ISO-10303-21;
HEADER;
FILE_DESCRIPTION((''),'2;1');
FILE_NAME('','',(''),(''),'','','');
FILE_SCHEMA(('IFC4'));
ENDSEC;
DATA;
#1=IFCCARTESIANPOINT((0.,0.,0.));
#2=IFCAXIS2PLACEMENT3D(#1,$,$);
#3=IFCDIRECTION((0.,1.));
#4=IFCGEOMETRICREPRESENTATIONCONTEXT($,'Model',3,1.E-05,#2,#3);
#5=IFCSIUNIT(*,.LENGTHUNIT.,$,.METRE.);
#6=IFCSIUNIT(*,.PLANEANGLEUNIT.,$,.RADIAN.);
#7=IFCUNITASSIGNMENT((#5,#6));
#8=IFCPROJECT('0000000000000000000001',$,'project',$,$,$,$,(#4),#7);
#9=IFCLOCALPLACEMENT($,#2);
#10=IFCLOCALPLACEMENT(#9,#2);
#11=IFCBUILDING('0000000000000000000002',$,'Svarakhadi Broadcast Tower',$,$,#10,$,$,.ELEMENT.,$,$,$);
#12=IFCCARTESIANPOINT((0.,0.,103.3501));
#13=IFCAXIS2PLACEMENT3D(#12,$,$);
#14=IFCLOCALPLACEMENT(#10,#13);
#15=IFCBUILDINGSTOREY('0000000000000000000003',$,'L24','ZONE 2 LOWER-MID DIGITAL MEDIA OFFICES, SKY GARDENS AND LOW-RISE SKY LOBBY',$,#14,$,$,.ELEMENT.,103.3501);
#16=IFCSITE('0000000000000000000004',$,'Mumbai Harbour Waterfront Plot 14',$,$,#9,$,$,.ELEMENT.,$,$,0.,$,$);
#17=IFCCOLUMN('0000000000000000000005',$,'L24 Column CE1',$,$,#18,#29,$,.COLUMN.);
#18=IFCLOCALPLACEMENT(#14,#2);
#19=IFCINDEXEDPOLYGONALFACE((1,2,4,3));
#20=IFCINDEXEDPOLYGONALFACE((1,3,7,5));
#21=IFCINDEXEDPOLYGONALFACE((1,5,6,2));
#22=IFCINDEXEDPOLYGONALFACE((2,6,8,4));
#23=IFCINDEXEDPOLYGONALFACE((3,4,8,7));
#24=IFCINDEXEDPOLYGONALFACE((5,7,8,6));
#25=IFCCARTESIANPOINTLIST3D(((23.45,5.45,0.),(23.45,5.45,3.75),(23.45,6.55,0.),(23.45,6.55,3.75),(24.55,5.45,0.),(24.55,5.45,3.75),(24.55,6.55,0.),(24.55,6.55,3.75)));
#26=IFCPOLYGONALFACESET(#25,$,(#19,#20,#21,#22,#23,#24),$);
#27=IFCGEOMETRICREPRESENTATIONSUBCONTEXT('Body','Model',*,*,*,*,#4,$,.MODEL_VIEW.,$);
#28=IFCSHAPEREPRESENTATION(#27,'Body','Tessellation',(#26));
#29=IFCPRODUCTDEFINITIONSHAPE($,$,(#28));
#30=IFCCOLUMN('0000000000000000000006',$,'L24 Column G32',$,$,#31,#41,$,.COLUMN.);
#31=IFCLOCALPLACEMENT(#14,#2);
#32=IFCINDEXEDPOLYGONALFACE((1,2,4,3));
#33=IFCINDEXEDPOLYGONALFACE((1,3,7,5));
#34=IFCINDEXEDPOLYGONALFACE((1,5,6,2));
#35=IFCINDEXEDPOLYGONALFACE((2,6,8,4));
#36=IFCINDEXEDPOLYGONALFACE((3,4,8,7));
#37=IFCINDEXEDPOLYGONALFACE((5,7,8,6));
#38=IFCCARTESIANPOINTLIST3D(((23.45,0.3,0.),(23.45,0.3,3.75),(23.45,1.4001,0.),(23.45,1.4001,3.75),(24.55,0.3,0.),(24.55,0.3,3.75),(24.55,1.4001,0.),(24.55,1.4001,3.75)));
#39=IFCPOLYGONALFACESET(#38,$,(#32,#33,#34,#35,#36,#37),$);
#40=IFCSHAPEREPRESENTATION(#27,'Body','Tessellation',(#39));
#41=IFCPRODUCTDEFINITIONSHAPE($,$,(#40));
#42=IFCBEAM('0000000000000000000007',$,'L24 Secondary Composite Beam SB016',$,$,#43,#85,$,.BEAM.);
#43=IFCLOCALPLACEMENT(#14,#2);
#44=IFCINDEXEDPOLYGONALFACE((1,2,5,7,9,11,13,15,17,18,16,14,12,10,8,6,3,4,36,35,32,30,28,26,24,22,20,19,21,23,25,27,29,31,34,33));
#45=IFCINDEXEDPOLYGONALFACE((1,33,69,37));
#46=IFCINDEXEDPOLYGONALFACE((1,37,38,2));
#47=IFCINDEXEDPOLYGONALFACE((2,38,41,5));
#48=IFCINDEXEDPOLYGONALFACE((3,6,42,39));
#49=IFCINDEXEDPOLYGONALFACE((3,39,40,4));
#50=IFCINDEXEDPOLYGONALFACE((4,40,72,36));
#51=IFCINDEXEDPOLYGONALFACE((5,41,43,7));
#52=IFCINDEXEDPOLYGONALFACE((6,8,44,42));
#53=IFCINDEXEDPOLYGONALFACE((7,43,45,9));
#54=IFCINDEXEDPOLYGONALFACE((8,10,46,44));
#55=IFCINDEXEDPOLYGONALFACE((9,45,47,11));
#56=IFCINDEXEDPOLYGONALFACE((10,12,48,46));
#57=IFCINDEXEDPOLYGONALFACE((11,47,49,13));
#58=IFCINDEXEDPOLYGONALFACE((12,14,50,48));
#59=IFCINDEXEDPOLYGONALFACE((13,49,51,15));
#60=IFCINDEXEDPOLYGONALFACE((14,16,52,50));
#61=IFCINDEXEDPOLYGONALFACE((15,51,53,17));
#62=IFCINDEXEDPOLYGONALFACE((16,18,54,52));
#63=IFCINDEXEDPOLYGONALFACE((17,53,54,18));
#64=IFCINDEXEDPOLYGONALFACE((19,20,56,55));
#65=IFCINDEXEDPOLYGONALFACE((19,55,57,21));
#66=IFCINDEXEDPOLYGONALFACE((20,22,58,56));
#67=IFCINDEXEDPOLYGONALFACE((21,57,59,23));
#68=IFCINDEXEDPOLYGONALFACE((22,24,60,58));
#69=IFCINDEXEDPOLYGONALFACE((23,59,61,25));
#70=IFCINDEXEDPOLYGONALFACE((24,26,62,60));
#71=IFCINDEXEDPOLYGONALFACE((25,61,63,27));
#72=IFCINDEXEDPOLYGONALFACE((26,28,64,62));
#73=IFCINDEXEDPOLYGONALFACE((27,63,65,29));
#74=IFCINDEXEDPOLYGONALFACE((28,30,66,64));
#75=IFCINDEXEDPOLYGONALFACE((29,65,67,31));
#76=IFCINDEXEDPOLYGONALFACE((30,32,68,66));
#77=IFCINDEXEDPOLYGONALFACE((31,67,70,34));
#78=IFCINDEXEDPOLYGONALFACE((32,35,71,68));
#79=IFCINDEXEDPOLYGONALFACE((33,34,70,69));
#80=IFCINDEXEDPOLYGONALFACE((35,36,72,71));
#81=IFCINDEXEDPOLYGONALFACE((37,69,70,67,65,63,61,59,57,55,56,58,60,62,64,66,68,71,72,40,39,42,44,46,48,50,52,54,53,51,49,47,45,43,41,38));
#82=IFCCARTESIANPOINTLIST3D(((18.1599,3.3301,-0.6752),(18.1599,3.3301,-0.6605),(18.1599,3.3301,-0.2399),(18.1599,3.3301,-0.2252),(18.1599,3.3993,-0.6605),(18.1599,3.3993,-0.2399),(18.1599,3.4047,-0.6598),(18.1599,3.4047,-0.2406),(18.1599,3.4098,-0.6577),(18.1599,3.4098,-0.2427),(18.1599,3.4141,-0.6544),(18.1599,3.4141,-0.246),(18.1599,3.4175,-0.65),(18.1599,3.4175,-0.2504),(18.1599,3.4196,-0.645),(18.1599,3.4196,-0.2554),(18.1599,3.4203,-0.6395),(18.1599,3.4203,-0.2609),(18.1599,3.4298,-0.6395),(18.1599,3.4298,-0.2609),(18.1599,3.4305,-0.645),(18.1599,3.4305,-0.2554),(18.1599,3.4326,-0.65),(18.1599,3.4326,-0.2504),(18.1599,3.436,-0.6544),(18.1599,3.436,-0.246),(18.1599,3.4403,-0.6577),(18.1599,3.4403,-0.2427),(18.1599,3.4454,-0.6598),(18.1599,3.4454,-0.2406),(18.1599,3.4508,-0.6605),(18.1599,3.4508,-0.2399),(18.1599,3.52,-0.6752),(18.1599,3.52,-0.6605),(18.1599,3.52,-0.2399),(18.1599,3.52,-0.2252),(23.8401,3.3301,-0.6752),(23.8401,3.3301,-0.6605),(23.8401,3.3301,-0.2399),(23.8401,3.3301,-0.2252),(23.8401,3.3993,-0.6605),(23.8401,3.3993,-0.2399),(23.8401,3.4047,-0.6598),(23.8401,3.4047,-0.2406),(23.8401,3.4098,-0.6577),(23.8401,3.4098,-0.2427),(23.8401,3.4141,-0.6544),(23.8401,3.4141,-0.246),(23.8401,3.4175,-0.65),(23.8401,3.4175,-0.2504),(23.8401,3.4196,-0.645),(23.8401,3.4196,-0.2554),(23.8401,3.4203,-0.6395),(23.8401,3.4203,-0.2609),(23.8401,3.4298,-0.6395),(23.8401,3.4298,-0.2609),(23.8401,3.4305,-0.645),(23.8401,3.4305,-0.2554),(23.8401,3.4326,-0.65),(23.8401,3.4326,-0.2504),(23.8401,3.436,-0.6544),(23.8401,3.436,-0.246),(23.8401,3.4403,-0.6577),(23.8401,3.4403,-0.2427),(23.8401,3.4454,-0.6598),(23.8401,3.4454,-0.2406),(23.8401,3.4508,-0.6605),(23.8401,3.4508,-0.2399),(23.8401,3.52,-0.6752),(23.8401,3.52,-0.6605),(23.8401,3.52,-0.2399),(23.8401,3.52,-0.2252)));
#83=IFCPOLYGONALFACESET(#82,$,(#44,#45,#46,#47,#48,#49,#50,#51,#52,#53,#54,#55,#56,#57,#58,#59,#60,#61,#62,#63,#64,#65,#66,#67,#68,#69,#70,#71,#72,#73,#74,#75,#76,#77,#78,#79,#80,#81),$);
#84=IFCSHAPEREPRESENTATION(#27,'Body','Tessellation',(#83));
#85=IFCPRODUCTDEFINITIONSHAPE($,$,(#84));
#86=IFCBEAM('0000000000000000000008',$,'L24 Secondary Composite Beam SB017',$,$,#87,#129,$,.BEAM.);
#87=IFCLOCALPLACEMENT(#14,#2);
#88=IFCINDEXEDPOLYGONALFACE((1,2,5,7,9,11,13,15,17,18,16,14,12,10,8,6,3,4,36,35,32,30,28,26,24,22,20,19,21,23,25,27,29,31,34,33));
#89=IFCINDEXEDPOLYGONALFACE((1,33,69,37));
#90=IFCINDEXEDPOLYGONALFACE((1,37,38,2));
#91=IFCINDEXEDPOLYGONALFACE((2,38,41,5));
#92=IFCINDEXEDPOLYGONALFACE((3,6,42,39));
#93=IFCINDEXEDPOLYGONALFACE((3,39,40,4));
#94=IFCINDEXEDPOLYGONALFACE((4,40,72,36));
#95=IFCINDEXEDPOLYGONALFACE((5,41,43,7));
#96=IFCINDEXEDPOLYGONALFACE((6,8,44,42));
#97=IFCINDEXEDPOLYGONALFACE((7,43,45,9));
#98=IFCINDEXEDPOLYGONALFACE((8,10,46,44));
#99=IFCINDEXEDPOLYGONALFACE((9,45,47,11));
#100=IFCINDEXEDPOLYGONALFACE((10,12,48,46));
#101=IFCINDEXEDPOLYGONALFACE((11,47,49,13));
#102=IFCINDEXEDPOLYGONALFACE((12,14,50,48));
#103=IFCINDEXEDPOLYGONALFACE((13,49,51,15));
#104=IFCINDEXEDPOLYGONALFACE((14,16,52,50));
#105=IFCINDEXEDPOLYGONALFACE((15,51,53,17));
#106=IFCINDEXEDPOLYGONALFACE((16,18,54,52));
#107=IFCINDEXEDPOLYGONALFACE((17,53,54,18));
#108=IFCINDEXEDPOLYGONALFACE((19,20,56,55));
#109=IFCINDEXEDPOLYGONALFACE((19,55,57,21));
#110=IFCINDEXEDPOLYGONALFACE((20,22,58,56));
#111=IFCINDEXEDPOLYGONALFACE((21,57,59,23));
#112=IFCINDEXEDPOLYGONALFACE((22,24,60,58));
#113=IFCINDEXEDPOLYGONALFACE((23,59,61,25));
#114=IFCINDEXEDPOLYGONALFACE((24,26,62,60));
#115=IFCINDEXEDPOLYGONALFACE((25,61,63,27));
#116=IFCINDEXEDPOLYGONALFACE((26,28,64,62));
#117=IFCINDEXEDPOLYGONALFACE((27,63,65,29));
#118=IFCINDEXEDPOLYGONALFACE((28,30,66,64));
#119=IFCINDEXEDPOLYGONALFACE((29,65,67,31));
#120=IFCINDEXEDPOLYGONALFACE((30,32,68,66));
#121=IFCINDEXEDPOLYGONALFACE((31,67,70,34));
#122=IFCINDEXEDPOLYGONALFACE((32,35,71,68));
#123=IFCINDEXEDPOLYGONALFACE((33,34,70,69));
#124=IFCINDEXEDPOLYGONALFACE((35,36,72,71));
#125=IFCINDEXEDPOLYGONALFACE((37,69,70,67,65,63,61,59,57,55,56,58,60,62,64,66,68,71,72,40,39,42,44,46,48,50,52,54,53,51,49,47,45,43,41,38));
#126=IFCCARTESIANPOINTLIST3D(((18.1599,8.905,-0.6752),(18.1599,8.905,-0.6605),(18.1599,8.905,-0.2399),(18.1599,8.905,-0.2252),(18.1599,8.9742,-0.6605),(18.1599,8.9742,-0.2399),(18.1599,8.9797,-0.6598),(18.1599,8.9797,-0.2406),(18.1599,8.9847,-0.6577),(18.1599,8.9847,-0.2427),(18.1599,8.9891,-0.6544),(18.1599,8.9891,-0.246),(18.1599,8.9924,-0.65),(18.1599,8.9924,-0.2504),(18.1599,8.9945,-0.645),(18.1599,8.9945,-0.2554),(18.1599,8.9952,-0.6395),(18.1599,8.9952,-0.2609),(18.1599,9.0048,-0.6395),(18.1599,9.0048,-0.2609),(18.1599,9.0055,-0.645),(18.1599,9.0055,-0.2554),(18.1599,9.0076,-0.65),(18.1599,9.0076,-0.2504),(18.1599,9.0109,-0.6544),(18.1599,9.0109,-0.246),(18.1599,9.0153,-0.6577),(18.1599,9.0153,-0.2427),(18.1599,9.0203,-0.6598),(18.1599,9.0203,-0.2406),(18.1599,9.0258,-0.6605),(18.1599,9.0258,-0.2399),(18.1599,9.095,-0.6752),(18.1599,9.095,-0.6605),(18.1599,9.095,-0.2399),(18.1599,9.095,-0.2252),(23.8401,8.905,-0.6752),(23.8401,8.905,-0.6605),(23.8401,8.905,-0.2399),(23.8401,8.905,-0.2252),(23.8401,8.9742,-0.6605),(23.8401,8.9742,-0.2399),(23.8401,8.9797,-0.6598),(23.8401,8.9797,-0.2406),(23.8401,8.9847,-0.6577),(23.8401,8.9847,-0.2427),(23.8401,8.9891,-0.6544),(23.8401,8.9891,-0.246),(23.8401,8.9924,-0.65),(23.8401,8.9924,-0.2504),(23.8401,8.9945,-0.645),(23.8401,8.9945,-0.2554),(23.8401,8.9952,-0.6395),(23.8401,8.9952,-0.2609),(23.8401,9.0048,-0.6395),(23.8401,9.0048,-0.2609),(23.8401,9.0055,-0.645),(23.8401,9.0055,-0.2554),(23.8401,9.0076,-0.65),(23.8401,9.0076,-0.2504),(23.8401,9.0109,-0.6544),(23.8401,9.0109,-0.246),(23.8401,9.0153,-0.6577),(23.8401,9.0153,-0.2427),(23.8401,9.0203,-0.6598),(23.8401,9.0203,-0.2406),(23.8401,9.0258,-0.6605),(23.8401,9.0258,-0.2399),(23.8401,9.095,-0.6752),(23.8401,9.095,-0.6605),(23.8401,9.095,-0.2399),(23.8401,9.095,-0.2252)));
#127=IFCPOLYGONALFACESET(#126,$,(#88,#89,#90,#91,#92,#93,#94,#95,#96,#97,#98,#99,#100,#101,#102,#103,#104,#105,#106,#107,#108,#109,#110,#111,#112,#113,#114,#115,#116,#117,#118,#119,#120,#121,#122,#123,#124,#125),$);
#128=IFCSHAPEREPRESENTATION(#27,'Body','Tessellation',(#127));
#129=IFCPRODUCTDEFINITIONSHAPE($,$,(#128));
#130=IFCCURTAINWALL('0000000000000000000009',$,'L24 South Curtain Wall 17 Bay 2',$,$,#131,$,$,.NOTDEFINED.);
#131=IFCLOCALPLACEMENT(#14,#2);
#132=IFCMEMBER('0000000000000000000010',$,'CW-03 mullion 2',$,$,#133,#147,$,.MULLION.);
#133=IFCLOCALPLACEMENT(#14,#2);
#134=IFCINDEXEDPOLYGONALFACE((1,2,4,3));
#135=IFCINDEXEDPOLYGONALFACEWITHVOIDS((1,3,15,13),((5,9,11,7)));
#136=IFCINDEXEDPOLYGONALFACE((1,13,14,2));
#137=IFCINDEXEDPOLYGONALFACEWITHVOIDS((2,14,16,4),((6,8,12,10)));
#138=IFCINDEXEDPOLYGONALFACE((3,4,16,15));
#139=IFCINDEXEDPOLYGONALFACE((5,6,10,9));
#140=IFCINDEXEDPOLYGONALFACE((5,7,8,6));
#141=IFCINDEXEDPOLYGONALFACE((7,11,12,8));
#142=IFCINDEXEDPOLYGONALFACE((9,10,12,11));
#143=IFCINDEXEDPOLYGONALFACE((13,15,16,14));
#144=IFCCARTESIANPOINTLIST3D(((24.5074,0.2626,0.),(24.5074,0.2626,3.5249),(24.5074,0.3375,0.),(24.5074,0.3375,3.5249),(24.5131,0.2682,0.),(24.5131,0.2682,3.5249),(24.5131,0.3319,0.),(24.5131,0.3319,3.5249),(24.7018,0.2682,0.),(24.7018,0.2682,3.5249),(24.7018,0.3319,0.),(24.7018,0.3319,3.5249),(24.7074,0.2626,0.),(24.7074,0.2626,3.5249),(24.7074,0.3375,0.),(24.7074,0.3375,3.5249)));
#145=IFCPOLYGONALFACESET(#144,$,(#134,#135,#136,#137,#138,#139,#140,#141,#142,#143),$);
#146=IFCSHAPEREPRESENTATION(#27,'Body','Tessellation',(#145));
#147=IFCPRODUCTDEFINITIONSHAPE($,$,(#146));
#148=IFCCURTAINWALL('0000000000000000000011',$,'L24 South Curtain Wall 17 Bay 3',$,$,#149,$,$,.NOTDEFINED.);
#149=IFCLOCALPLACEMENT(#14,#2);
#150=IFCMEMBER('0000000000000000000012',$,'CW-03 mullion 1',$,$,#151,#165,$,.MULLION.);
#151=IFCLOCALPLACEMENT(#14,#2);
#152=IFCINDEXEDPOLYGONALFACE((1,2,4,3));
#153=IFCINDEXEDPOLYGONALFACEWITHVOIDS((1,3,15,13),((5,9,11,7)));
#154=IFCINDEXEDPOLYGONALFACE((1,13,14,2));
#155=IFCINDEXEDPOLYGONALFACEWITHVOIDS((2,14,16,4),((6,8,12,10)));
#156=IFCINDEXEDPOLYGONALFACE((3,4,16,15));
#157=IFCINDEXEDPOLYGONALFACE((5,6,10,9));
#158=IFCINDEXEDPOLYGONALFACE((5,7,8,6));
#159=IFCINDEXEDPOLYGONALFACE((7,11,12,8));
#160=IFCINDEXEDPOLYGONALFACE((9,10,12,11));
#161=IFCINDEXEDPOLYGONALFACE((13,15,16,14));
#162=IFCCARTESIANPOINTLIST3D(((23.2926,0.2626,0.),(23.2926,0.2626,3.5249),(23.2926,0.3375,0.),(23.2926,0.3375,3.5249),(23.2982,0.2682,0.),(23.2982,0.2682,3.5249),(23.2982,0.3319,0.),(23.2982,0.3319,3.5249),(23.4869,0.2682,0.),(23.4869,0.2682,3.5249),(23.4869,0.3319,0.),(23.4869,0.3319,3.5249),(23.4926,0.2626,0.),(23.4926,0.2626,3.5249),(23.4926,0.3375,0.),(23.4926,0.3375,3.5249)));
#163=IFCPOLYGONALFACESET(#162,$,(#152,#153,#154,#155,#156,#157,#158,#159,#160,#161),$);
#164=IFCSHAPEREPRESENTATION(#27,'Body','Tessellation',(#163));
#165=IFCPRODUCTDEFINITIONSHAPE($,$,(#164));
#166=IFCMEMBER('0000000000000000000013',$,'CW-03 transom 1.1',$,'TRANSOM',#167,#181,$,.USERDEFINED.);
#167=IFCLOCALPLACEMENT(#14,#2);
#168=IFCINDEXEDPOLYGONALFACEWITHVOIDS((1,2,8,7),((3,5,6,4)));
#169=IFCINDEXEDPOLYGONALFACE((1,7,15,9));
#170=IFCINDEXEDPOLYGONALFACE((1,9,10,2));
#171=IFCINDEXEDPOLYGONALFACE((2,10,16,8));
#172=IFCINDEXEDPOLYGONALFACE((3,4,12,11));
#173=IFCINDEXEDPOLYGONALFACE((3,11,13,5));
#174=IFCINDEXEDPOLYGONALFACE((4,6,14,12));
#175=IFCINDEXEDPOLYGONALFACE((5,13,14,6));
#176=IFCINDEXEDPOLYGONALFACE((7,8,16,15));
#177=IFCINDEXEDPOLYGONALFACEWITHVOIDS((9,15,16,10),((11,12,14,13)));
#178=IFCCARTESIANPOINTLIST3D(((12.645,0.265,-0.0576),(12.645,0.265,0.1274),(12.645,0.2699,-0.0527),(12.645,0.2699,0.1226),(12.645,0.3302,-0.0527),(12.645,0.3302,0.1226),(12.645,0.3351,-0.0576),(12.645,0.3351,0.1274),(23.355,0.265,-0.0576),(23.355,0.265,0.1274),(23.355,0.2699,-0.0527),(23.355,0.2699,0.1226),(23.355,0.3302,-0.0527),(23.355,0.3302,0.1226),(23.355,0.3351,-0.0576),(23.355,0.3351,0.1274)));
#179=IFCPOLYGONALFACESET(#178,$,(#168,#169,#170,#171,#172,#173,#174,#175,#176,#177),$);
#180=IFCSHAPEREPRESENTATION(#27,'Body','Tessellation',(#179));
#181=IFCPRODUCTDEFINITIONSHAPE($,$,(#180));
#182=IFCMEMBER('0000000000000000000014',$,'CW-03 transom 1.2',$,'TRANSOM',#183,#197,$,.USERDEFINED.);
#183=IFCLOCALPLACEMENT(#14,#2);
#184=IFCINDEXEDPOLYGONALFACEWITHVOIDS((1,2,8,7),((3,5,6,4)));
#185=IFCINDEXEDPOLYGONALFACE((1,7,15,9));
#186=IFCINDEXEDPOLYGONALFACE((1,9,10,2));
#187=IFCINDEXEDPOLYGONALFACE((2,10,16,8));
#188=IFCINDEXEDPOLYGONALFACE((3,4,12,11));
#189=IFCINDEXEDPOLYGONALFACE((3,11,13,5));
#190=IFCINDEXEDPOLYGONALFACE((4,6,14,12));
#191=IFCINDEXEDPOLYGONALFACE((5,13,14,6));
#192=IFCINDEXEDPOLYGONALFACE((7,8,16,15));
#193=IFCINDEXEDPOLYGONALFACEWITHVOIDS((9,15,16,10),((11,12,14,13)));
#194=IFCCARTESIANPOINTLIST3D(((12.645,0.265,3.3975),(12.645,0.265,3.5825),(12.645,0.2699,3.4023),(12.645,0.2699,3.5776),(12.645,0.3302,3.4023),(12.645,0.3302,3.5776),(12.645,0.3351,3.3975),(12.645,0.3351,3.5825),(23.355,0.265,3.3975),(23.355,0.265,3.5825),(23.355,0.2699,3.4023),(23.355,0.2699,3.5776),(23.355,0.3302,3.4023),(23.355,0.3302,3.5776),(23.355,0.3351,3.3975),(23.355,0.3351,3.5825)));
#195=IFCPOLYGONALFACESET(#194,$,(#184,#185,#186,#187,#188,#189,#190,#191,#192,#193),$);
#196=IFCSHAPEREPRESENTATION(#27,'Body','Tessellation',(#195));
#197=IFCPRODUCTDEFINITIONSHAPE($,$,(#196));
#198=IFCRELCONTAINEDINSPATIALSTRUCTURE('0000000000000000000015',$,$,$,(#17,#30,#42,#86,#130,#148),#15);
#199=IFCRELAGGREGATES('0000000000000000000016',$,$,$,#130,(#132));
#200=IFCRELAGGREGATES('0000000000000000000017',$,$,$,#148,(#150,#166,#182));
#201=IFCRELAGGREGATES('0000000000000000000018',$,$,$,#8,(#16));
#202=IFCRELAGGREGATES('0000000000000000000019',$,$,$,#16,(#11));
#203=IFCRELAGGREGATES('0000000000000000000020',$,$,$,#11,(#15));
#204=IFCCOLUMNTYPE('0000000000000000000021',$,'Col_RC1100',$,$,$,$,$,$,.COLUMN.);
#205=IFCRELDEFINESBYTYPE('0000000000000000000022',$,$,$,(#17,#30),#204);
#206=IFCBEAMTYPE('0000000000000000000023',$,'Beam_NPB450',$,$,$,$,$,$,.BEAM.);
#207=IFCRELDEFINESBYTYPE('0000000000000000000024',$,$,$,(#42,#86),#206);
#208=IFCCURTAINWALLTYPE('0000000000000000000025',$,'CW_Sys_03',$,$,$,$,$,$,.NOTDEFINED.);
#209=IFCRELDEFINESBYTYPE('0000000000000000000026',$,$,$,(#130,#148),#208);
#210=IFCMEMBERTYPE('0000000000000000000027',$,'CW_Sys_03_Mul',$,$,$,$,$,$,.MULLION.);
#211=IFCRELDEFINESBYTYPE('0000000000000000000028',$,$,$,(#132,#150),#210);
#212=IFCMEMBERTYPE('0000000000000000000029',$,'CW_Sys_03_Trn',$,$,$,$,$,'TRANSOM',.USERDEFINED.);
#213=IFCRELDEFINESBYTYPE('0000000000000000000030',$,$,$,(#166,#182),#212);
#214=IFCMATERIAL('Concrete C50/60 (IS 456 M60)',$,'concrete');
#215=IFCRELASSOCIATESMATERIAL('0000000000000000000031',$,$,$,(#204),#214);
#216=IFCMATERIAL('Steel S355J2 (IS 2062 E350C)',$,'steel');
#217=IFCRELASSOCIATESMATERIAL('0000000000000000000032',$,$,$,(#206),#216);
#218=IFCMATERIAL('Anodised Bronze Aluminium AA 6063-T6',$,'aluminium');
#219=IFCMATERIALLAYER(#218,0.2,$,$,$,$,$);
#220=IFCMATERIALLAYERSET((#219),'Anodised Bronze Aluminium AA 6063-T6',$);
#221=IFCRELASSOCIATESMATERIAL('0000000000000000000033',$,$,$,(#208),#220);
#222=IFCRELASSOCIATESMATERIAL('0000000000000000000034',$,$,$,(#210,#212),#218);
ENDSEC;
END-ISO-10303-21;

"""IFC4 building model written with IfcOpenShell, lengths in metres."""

from ifc_helpers import new_model, si_unit, direction, frame, origin, origin_2d, place, context, subcontext, project, spatial, rectangle, hollow_rectangle, i_section, extrude, material, layer, layer_set, material_profile, profile_set, type_object, element, aggregate, save


model = new_model("IFC4")

# Units and contexts
model_context = context("Model", 3, precision=1e-05, world=origin(), true_north=direction((0.0, 1.0)))
body_context = subcontext(model_context, "Body", "Model", "MODEL_VIEW")
ifc_project = project(units=[si_unit("LENGTHUNIT", "METRE"), si_unit("PLANEANGLEUNIT", "RADIAN")], contexts=[model_context])

# Site, building, storey
site_placement = place(None, origin())
site = spatial("IfcSite", under=ifc_project, at=site_placement, Name="Mumbai Harbour Waterfront Plot 14", CompositionType="ELEMENT", RefElevation=0.0)
building_placement = place(site_placement, origin())
building = spatial("IfcBuilding", under=site, at=building_placement, Name="Svarakhadi Broadcast Tower", CompositionType="ELEMENT")
storey_placement = place(building_placement, frame((0.0, 0.0, 103.3501)))
storey = spatial("IfcBuildingStorey", under=building, at=storey_placement, Name="L24", Description="ZONE 2 LOWER-MID DIGITAL MEDIA OFFICES, SKY GARDENS AND LOW-RISE SKY LOBBY", CompositionType="ELEMENT", Elevation=103.3501)

# Columns
ifc_material_1 = material(Name="Concrete C50/60 (IS 456 M60)", Category="concrete")
ifc_material_profile_1 = material_profile(ifc_material_1, rectangle(XDim=1.1001, YDim=1.1001, at=origin_2d()), Name="RC 1100x1100")
ifc_profile_set_1 = profile_set([ifc_material_profile_1], Name="Concrete C50/60 (IS 456 M60)")
column_type = type_object("IfcColumnType", Name="Col_RC1100", PredefinedType="COLUMN", material=ifc_profile_set_1)
for number, where, z_axis, x_axis, name in (
    (1, (24.0, 6.0, 0.0), (0.0, 0.0, 1.0), (1.0, 0.0, 0.0), "L24 Column CE1"),
    (2, (24.0, 0.8501, 0.0), (0.0, 0.0, 1.0), (1.0, 0.0, 0.0), "L24 Column G32"),
):
    element("IfcColumn", number, at=place(storey_placement, frame(where, z_axis=z_axis, x_axis=x_axis)), inside=storey, type_object=column_type, Name=name, PredefinedType="COLUMN", context=body_context, shape_type="SweptSolid", body=[
        extrude(rectangle(XDim=1.1001, YDim=1.1001, at=origin_2d()), origin(), (0.0, 0.0, 1.0), 3.75),
    ])

# Beams
ifc_material_2 = material(Name="Steel S355J2 (IS 2062 E350C)", Category="steel")
ifc_material_profile_2 = material_profile(ifc_material_2, i_section(OverallWidth=0.1899, OverallDepth=0.45, WebThickness=0.0095, FlangeThickness=0.0146, FilletRadius=0.021, at=origin_2d()), Name="NPB 450x190x78")
ifc_profile_set_2 = profile_set([ifc_material_profile_2], Name="Steel S355J2 (IS 2062 E350C)")
beam_type_1 = type_object("IfcBeamType", Name="Beam_NPB450", PredefinedType="BEAM", material=ifc_profile_set_2)
for number, where, z_axis, x_axis, name in (
    (3, (18.1599, 3.425, -0.4502), (1.0, 0.0, 0.0), (0.0, 1.0, 0.0), "L24 Secondary Composite Beam SB016"),
    (4, (18.1599, 9.0, -0.4502), (1.0, 0.0, 0.0), (0.0, 1.0, 0.0), "L24 Secondary Composite Beam SB017"),
):
    element("IfcBeam", number, at=place(storey_placement, frame(where, z_axis=z_axis, x_axis=x_axis)), inside=storey, type_object=beam_type_1, Name=name, PredefinedType="BEAM", context=body_context, shape_type="SweptSolid", body=[
        extrude(i_section(OverallWidth=0.1899, OverallDepth=0.45, WebThickness=0.0095, FlangeThickness=0.0146, FilletRadius=0.021, at=origin_2d()), origin(), (0.0, 0.0, 1.0), 5.6802),
    ])

# Curtain wall, member
ifc_material_3 = material(Name="Anodised Bronze Aluminium AA 6063-T6", Category="aluminium")
ifc_layer_1 = layer(ifc_material_3, 0.2)
ifc_layer_set_1 = layer_set([ifc_layer_1], Name="Anodised Bronze Aluminium AA 6063-T6")
curtain_wall_type = type_object("IfcCurtainWallType", Name="CW_Sys_03", PredefinedType="NOTDEFINED", material=ifc_layer_set_1)
curtain_wall_1_placement = place(storey_placement, origin())
curtain_wall_1 = element("IfcCurtainWall", 5, at=curtain_wall_1_placement, inside=storey, type_object=curtain_wall_type, Name="L24 South Curtain Wall 17 Bay 2", PredefinedType="NOTDEFINED")
ifc_material_profile_3 = material_profile(ifc_material_3, hollow_rectangle(XDim=0.075, YDim=0.2, WallThickness=0.0056, at=origin_2d()), Name="ALU MULLION 200x75x6")
ifc_profile_set_3 = profile_set([ifc_material_profile_3], Name="Anodised Bronze Aluminium AA 6063-T6")
member_type_1 = type_object("IfcMemberType", Name="CW_Sys_03_Mul", PredefinedType="MULLION", material=ifc_profile_set_3)
member_1_placement = place(storey_placement, frame((24.6074, 0.3, 0.0), z_axis=(0.0, 0.0, 1.0), x_axis=(0.0, -1.0, 0.0)))
member_1 = element("IfcMember", 6, at=member_1_placement, type_object=member_type_1, Name="CW-03 mullion 2", PredefinedType="MULLION", context=body_context, shape_type="SweptSolid", body=[
    extrude(hollow_rectangle(XDim=0.075, YDim=0.2, WallThickness=0.0056, at=origin_2d()), origin(), (0.0, 0.0, 1.0), 3.5249),
])

# Curtain wall, members
curtain_wall_2_placement = place(storey_placement, origin())
curtain_wall_2 = element("IfcCurtainWall", 7, at=curtain_wall_2_placement, inside=storey, type_object=curtain_wall_type, Name="L24 South Curtain Wall 17 Bay 3", PredefinedType="NOTDEFINED")
member_2_placement = place(storey_placement, frame((23.3926, 0.3, 0.0), z_axis=(0.0, 0.0, 1.0), x_axis=(0.0, -1.0, 0.0)))
member_2 = element("IfcMember", 8, at=member_2_placement, type_object=member_type_1, Name="CW-03 mullion 1", PredefinedType="MULLION", context=body_context, shape_type="SweptSolid", body=[
    extrude(hollow_rectangle(XDim=0.075, YDim=0.2, WallThickness=0.0056, at=origin_2d()), origin(), (0.0, 0.0, 1.0), 3.5249),
])
ifc_material_profile_4 = material_profile(ifc_material_3, hollow_rectangle(XDim=0.0701, YDim=0.1851, WallThickness=0.0049, at=origin_2d()), Name="ALU TRANSOM 185x70x5")
ifc_profile_set_4 = profile_set([ifc_material_profile_4], Name="Anodised Bronze Aluminium AA 6063-T6")
member_type_2 = type_object("IfcMemberType", Name="CW_Sys_03_Trn", ElementType="TRANSOM", PredefinedType="USERDEFINED", material=ifc_profile_set_4)
member_3_placement = place(storey_placement, frame((23.355, 0.3, 0.0349), z_axis=(-1.0, 0.0, 0.0), x_axis=(0.0, -1.0, 0.0)))
member_3 = element("IfcMember", 9, at=member_3_placement, type_object=member_type_2, Name="CW-03 transom 1.1", ObjectType="TRANSOM", PredefinedType="USERDEFINED", context=body_context, shape_type="SweptSolid", body=[
    extrude(hollow_rectangle(XDim=0.0701, YDim=0.1851, WallThickness=0.0049, at=origin_2d()), origin(), (0.0, 0.0, 1.0), 10.71),
])
member_4_placement = place(storey_placement, frame((23.355, 0.3, 3.49), z_axis=(-1.0, 0.0, 0.0), x_axis=(0.0, -1.0, 0.0)))
member_4 = element("IfcMember", 10, at=member_4_placement, type_object=member_type_2, Name="CW-03 transom 1.2", ObjectType="TRANSOM", PredefinedType="USERDEFINED", context=body_context, shape_type="SweptSolid", body=[
    extrude(hollow_rectangle(XDim=0.0701, YDim=0.1851, WallThickness=0.0049, at=origin_2d()), origin(), (0.0, 0.0, 1.0), 10.71),
])

aggregate(curtain_wall_1, [member_1])
aggregate(curtain_wall_2, [member_2, member_3, member_4])

save(model, "model.ifc")
